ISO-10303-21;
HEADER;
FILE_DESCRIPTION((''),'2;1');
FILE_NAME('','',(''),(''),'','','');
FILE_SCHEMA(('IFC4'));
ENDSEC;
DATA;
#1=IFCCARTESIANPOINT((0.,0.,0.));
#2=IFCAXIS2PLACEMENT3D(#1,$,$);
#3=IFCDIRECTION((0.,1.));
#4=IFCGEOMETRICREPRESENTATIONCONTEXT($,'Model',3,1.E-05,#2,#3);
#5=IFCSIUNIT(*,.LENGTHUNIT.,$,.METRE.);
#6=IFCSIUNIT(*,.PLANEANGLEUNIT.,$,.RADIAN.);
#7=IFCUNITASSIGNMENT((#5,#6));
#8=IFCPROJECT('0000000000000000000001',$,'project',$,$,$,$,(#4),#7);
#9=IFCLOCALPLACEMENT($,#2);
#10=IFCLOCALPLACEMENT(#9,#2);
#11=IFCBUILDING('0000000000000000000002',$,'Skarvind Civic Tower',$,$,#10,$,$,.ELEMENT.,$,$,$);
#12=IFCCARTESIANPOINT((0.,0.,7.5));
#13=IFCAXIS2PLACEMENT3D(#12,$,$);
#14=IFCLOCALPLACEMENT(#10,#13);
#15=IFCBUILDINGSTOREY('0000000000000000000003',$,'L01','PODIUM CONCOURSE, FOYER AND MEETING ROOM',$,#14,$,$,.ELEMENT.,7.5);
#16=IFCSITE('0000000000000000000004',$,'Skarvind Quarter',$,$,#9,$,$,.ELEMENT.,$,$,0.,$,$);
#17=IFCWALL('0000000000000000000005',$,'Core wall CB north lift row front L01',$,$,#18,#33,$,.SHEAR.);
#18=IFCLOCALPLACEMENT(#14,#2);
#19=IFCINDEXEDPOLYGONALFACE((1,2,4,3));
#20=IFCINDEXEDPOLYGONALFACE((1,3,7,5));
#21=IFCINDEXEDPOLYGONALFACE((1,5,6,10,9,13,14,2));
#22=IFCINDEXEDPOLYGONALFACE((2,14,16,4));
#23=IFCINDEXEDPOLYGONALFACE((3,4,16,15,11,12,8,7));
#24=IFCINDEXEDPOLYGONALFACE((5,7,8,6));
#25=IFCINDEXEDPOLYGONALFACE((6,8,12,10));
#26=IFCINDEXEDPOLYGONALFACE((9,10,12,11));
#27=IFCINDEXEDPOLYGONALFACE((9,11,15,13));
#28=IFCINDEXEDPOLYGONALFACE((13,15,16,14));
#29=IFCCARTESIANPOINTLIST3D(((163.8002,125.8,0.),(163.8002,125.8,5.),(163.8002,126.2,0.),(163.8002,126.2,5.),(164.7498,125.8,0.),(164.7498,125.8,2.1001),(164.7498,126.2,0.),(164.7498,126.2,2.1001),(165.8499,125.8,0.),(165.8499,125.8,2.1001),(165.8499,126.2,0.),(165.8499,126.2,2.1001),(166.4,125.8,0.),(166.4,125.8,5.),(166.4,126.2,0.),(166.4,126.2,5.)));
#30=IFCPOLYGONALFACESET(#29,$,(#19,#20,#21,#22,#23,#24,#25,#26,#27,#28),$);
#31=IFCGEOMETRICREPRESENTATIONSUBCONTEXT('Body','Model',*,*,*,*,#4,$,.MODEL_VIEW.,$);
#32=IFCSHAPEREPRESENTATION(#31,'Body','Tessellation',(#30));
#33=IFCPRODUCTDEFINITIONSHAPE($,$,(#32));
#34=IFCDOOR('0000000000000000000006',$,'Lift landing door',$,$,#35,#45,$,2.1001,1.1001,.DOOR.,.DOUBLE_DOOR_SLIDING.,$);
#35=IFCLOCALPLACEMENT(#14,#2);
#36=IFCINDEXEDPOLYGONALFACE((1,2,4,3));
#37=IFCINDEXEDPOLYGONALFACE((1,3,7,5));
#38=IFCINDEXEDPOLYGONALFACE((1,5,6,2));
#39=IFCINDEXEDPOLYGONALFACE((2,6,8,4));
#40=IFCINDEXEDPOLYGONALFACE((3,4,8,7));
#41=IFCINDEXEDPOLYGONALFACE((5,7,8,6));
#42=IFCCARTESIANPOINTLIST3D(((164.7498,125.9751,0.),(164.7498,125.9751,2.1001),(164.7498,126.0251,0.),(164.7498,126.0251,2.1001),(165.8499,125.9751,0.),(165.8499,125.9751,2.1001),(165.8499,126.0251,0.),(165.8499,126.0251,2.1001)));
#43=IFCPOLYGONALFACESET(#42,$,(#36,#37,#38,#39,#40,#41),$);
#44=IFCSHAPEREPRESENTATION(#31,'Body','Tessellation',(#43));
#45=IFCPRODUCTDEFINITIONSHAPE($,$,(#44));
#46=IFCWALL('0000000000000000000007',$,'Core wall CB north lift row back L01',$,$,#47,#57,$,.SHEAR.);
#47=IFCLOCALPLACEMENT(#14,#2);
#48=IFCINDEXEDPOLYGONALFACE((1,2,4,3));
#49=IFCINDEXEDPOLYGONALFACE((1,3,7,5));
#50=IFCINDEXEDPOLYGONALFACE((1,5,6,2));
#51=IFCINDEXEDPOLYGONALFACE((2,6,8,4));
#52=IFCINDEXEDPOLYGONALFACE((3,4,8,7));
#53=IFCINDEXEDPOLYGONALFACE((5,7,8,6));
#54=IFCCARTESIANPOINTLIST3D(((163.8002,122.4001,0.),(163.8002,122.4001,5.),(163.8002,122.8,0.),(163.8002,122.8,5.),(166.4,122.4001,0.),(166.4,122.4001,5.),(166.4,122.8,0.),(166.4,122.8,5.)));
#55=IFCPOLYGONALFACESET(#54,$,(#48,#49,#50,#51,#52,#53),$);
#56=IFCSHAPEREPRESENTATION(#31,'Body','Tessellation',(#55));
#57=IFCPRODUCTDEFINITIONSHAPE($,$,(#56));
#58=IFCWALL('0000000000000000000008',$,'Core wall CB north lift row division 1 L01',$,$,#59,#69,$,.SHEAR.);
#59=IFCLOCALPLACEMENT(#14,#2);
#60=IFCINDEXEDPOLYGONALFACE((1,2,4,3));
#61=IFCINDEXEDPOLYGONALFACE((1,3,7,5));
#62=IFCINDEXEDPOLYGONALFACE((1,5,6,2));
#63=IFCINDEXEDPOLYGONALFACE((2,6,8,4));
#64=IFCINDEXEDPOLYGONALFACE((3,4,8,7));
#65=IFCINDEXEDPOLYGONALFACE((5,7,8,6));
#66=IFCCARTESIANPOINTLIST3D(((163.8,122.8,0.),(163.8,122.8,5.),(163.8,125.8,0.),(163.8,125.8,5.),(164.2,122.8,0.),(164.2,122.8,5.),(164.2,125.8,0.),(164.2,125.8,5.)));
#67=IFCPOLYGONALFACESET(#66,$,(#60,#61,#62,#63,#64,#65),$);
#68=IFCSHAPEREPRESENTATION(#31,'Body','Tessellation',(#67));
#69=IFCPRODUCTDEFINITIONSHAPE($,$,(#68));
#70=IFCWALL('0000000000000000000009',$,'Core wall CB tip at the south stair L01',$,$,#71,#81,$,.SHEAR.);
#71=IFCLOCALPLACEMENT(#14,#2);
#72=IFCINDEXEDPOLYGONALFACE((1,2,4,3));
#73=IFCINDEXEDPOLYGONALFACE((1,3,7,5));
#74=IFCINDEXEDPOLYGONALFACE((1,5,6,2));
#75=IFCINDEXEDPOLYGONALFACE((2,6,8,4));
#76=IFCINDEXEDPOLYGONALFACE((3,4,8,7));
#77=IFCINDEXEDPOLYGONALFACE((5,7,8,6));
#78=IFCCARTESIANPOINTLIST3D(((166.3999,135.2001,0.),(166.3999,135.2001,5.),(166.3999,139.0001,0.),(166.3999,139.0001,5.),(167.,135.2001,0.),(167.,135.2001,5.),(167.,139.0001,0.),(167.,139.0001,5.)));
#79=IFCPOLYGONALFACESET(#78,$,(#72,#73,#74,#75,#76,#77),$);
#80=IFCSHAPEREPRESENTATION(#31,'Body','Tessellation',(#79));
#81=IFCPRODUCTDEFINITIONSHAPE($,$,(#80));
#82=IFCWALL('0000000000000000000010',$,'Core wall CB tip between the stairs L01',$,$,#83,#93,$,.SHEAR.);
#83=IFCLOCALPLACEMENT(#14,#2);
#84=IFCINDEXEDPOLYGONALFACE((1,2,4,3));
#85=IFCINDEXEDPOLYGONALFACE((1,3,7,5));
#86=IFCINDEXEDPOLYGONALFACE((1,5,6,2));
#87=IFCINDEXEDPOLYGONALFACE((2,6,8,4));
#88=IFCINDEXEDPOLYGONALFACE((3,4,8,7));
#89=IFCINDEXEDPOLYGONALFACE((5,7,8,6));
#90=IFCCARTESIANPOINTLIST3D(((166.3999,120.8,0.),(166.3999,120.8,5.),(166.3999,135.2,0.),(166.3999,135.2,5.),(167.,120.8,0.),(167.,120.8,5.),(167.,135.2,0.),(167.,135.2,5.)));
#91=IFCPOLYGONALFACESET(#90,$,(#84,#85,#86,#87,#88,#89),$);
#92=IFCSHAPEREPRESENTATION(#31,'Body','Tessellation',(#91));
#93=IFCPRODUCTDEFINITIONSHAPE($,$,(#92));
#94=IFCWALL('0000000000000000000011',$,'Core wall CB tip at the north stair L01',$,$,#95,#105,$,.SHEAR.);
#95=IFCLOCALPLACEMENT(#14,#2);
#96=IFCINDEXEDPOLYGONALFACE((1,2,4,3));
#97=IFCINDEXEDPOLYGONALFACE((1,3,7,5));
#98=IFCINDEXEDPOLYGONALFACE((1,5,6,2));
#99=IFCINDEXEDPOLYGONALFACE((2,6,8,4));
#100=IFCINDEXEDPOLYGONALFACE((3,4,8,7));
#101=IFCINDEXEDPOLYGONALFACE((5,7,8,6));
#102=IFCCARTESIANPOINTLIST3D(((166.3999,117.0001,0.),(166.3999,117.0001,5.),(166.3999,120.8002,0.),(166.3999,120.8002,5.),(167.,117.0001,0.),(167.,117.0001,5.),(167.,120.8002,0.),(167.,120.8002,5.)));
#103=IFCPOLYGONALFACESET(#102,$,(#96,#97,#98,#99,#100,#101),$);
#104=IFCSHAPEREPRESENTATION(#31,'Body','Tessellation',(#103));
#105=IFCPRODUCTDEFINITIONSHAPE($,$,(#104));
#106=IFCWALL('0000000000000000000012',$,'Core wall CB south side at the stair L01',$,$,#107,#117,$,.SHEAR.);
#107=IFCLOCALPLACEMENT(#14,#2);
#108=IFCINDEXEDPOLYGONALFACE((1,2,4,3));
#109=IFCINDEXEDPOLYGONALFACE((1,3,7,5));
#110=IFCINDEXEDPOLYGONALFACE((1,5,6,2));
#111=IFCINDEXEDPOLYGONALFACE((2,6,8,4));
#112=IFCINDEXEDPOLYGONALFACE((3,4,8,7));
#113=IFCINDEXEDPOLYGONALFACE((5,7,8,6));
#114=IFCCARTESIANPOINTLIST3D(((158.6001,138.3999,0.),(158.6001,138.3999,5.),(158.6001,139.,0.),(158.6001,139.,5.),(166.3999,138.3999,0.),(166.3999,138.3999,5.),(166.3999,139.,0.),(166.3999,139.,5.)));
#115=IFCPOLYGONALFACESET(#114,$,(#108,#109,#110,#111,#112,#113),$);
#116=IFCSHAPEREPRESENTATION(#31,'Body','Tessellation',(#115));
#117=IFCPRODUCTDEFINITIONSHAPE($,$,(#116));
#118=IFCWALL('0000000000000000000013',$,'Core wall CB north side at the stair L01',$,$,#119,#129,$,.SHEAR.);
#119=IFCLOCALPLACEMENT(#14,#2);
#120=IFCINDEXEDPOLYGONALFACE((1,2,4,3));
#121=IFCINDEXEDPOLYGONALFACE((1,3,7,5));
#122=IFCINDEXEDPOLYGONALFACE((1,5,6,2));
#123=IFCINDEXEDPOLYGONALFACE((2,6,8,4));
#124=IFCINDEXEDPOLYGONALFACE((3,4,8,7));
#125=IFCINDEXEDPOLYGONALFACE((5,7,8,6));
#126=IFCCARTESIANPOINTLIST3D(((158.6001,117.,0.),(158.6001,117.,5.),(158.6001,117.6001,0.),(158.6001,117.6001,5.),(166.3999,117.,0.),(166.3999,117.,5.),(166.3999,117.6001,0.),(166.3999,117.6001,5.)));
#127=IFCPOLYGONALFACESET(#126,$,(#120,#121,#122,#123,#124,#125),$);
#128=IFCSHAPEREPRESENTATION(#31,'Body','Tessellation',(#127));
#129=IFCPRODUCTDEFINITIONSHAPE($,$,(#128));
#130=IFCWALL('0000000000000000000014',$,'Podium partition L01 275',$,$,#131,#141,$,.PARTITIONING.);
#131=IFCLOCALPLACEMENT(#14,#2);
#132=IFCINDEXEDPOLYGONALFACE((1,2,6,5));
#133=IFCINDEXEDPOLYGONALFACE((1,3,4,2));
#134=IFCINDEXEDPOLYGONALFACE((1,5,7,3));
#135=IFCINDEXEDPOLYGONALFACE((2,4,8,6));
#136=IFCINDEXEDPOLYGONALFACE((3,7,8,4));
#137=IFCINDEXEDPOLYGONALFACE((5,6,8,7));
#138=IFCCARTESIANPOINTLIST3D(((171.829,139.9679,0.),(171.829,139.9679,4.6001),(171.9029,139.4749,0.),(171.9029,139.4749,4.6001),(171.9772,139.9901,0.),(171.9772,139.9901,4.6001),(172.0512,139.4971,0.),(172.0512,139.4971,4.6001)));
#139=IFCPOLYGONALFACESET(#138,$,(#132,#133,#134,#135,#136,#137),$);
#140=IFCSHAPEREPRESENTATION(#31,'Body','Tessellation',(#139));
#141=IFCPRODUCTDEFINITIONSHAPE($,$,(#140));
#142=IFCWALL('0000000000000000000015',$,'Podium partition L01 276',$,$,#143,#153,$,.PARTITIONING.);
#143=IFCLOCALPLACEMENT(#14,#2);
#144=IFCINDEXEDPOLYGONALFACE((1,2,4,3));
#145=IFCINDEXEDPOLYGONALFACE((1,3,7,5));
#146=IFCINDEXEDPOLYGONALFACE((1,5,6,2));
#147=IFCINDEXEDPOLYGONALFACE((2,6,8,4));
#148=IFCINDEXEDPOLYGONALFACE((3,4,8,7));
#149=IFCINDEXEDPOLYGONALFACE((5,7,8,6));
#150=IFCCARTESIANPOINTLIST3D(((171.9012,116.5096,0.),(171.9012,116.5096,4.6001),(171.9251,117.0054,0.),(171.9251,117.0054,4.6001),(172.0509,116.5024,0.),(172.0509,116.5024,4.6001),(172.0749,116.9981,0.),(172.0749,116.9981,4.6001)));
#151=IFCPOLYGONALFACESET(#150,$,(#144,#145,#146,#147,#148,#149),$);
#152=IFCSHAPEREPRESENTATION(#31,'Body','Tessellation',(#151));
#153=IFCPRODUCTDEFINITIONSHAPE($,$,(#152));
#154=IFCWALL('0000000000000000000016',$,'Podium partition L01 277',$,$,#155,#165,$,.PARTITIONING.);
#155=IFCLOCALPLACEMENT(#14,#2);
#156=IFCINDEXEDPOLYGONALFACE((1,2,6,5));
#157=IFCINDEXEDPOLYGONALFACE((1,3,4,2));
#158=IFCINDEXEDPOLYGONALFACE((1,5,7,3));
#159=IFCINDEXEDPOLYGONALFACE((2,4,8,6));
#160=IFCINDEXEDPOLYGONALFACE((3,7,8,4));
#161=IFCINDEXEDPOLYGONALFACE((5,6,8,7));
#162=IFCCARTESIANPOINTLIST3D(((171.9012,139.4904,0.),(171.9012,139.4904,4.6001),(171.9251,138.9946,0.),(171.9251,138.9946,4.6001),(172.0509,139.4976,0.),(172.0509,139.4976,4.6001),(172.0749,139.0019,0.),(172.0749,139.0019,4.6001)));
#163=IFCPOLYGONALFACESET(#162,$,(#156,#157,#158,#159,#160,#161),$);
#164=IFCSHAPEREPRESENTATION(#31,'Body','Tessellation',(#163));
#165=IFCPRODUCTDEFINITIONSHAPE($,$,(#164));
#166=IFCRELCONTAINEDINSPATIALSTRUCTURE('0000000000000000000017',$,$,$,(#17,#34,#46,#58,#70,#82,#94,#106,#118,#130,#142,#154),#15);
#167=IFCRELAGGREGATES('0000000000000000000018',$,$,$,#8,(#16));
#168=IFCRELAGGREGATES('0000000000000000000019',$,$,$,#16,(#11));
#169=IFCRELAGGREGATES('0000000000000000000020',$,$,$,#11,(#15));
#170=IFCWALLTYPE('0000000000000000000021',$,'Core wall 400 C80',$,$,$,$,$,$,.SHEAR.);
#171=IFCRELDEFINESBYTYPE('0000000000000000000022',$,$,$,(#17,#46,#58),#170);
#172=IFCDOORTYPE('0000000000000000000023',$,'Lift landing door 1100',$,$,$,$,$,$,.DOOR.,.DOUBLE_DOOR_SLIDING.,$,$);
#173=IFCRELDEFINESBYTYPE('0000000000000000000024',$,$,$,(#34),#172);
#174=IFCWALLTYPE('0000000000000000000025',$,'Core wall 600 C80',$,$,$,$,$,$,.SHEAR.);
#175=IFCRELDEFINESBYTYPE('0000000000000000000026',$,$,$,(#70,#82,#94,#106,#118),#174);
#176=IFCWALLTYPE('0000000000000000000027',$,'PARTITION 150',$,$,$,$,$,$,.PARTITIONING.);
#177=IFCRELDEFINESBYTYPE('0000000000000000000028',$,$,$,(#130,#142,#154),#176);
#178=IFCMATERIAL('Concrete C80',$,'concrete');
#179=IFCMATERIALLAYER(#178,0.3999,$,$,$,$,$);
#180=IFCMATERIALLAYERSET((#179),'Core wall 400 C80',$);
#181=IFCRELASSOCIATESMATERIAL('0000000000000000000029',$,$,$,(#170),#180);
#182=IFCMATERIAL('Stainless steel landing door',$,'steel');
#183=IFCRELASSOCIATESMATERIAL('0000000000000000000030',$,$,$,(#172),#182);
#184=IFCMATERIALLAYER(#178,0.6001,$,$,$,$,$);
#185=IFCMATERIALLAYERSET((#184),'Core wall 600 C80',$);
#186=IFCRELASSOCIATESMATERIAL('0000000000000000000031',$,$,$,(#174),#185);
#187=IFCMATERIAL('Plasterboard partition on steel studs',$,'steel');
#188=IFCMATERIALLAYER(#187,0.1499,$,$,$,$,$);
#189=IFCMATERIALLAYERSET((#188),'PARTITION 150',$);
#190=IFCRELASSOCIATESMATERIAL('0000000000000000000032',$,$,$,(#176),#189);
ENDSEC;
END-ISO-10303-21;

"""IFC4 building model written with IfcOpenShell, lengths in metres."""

from ifc_helpers import new_model, si_unit, direction, frame, frame_2d, origin, place, context, subcontext, project, spatial, rectangle, extrude, material, layer, layer_set, type_object, element, fill, save


model = new_model("IFC4")

# Units and contexts
model_context = context("Model", 3, precision=1e-05, world=origin(), true_north=direction((0.0, 1.0)))
body_context = subcontext(model_context, "Body", "Model", "MODEL_VIEW")
ifc_project = project(units=[si_unit("LENGTHUNIT", "METRE"), si_unit("PLANEANGLEUNIT", "RADIAN")], contexts=[model_context])

# Site, building, storey
site_placement = place(None, origin())
site = spatial("IfcSite", under=ifc_project, at=site_placement, Name="Skarvind Quarter", CompositionType="ELEMENT", RefElevation=0.0)
building_placement = place(site_placement, origin())
building = spatial("IfcBuilding", under=site, at=building_placement, Name="Skarvind Civic Tower", CompositionType="ELEMENT")
storey_placement = place(building_placement, frame((0.0, 0.0, 7.5)))
storey = spatial("IfcBuildingStorey", under=building, at=storey_placement, Name="L01", Description="PODIUM CONCOURSE, FOYER AND MEETING ROOM", CompositionType="ELEMENT", Elevation=7.5)

# Shared definitions
ifc_material_1 = material(Name="Concrete C80", Category="concrete")
ifc_layer_1 = layer(ifc_material_1, 0.3999)
ifc_layer_set_1 = layer_set([ifc_layer_1], Name="Core wall 400 C80")
wall_type_1 = type_object("IfcWallType", Name="Core wall 400 C80", PredefinedType="SHEAR", material=ifc_layer_set_1)

# Shared definitions
ifc_material_2 = material(Name="Stainless steel landing door", Category="steel")
door_type_1 = type_object("IfcDoorType", Name="Lift landing door 1100", OperationType="DOUBLE_DOOR_SLIDING", PredefinedType="DOOR", material=ifc_material_2)

# Wall, opening, door
wall_1_placement = place(storey_placement, frame((166.3999, 126.0, 0.0), z_axis=(0.0, 0.0, 1.0), x_axis=(-1.0, 0.0, 0.0)))
wall_1 = element("IfcWall", 1, at=wall_1_placement, inside=storey, type_object=wall_type_1, Name="Core wall CB north lift row front L01", PredefinedType="SHEAR", context=body_context, shape_type="SweptSolid", body=[
    extrude(rectangle(XDim=2.5999, YDim=0.3999, at=frame_2d((1.2998, 0.0))), origin(), (0.0, 0.0, 1.0), 5.0),
])
opening_1_placement = place(wall_1_placement, frame((0.55, 0.0, 0.0)))
opening_1 = element("IfcOpeningElement", 2, at=opening_1_placement, cuts=wall_1, PredefinedType="OPENING", context=body_context, shape_type="SweptSolid", body=[
    extrude(rectangle(XDim=1.1001, YDim=2.1001, at=frame_2d((0.55, 1.05))), frame((0.0, 0.21, 0.0), z_axis=(0.0, -1.0, 0.0), x_axis=(1.0, 0.0, 0.0)), (0.0, 0.0, 1.0), 0.4199),
])
door_1_placement = place(opening_1_placement, origin())
door_1 = element("IfcDoor", 3, at=door_1_placement, inside=storey, type_object=door_type_1, Name="Lift landing door", OperationType="DOUBLE_DOOR_SLIDING", OverallHeight=2.1001, OverallWidth=1.1001, PredefinedType="DOOR", context=body_context, shape_type="SweptSolid", body=[
    extrude(rectangle(XDim=1.1001, YDim=2.1001, at=frame_2d((0.55, 1.05))), frame((0.0, 0.0249, 0.0), z_axis=(0.0, -1.0, 0.0), x_axis=(1.0, 0.0, 0.0)), (0.0, 0.0, 1.0), 0.05),
])
fill(opening_1, door_1)

# Walls
wall_2_placement = place(storey_placement, frame((166.3999, 122.6001, 0.0), z_axis=(0.0, 0.0, 1.0), x_axis=(-1.0, 0.0, 0.0)))
element("IfcWall", 4, at=wall_2_placement, inside=storey, type_object=wall_type_1, Name="Core wall CB north lift row back L01", PredefinedType="SHEAR", context=body_context, shape_type="SweptSolid", body=[
    extrude(rectangle(XDim=2.5999, YDim=0.3999, at=frame_2d((1.2998, 0.0))), origin(), (0.0, 0.0, 1.0), 5.0),
])
wall_3_placement = place(storey_placement, frame((164.0, 125.8, 0.0), z_axis=(0.0, 0.0, 1.0), x_axis=(0.0, -1.0, 0.0)))
element("IfcWall", 5, at=wall_3_placement, inside=storey, type_object=wall_type_1, Name="Core wall CB north lift row division 1 L01", PredefinedType="SHEAR", context=body_context, shape_type="SweptSolid", body=[
    extrude(rectangle(XDim=3.0, YDim=0.3999, at=frame_2d((1.5, 0.0))), origin(), (0.0, 0.0, 1.0), 5.0),
])
ifc_layer_2 = layer(ifc_material_1, 0.6001)
ifc_layer_set_2 = layer_set([ifc_layer_2], Name="Core wall 600 C80")
wall_type_2 = type_object("IfcWallType", Name="Core wall 600 C80", PredefinedType="SHEAR", material=ifc_layer_set_2)
wall_4_placement = place(storey_placement, frame((166.7, 139.0, 0.0), z_axis=(0.0, 0.0, 1.0), x_axis=(0.0, -1.0, 0.0)))
element("IfcWall", 6, at=wall_4_placement, inside=storey, type_object=wall_type_2, Name="Core wall CB tip at the south stair L01", PredefinedType="SHEAR", context=body_context, shape_type="SweptSolid", body=[
    extrude(rectangle(XDim=3.8, YDim=0.6001, at=frame_2d((1.8999, 0.0))), origin(), (0.0, 0.0, 1.0), 5.0),
])
wall_5_placement = place(storey_placement, frame((166.7, 135.2, 0.0), z_axis=(0.0, 0.0, 1.0), x_axis=(0.0, -1.0, 0.0)))
element("IfcWall", 7, at=wall_5_placement, inside=storey, type_object=wall_type_2, Name="Core wall CB tip between the stairs L01", PredefinedType="SHEAR", context=body_context, shape_type="SweptSolid", body=[
    extrude(rectangle(XDim=14.3999, YDim=0.6001, at=frame_2d((7.2, 0.0))), origin(), (0.0, 0.0, 1.0), 5.0),
])
wall_6_placement = place(storey_placement, frame((166.7, 120.8, 0.0), z_axis=(0.0, 0.0, 1.0), x_axis=(0.0, -1.0, 0.0)))
element("IfcWall", 8, at=wall_6_placement, inside=storey, type_object=wall_type_2, Name="Core wall CB tip at the north stair L01", PredefinedType="SHEAR", context=body_context, shape_type="SweptSolid", body=[
    extrude(rectangle(XDim=3.8, YDim=0.6001, at=frame_2d((1.8999, 0.0))), origin(), (0.0, 0.0, 1.0), 5.0),
])
for number, where, z_axis, x_axis, name in (
    (9, (166.3999, 138.7, 0.0), (0.0, 0.0, 1.0), (-1.0, 0.0, 0.0), "Core wall CB south side at the stair L01"),
    (10, (166.3999, 117.3, 0.0), (0.0, 0.0, 1.0), (-1.0, 0.0, 0.0), "Core wall CB north side at the stair L01"),
):
    element("IfcWall", number, at=place(storey_placement, frame(where, z_axis=z_axis, x_axis=x_axis)), inside=storey, type_object=wall_type_2, Name=name, PredefinedType="SHEAR", context=body_context, shape_type="SweptSolid", body=[
        extrude(rectangle(XDim=7.7998, YDim=0.6001, at=frame_2d((3.8999, 0.0))), origin(), (0.0, 0.0, 1.0), 5.0),
    ])
ifc_material_3 = material(Name="Plasterboard partition on steel studs", Category="steel")
ifc_layer_3 = layer(ifc_material_3, 0.1499)
ifc_layer_set_3 = layer_set([ifc_layer_3], Name="PARTITION 150")
wall_type_3 = type_object("IfcWallType", Name="PARTITION 150", PredefinedType="PARTITIONING", material=ifc_layer_set_3)
wall_7_placement = place(storey_placement, frame((171.9031, 139.979, 0.0), z_axis=(0.0, 0.0, 1.0), x_axis=(0.148412, -0.988926, 0.0)))
element("IfcWall", 11, at=wall_7_placement, inside=storey, type_object=wall_type_3, Name="Podium partition L01 275", PredefinedType="PARTITIONING", context=body_context, shape_type="SweptSolid", body=[
    extrude(rectangle(XDim=0.4985, YDim=0.1499, at=frame_2d((0.2493, 0.0))), origin(), (0.0, 0.0, 1.0), 4.6001),
])
for number, where, z_axis, x_axis, name in (
    (12, (171.9761, 116.5061, 0.0), (0.0, 0.0, 1.0), (0.048196, 0.998838, 0.0), "Podium partition L01 276"),
    (13, (171.9761, 139.4939, 0.0), (0.0, 0.0, 1.0), (0.048196, -0.998838, 0.0), "Podium partition L01 277"),
):
    element("IfcWall", number, at=place(storey_placement, frame(where, z_axis=z_axis, x_axis=x_axis)), inside=storey, type_object=wall_type_3, Name=name, PredefinedType="PARTITIONING", context=body_context, shape_type="SweptSolid", body=[
        extrude(rectangle(XDim=0.4963, YDim=0.1499, at=frame_2d((0.248, 0.0))), origin(), (0.0, 0.0, 1.0), 4.6001),
    ])

save(model, "model.ifc")
